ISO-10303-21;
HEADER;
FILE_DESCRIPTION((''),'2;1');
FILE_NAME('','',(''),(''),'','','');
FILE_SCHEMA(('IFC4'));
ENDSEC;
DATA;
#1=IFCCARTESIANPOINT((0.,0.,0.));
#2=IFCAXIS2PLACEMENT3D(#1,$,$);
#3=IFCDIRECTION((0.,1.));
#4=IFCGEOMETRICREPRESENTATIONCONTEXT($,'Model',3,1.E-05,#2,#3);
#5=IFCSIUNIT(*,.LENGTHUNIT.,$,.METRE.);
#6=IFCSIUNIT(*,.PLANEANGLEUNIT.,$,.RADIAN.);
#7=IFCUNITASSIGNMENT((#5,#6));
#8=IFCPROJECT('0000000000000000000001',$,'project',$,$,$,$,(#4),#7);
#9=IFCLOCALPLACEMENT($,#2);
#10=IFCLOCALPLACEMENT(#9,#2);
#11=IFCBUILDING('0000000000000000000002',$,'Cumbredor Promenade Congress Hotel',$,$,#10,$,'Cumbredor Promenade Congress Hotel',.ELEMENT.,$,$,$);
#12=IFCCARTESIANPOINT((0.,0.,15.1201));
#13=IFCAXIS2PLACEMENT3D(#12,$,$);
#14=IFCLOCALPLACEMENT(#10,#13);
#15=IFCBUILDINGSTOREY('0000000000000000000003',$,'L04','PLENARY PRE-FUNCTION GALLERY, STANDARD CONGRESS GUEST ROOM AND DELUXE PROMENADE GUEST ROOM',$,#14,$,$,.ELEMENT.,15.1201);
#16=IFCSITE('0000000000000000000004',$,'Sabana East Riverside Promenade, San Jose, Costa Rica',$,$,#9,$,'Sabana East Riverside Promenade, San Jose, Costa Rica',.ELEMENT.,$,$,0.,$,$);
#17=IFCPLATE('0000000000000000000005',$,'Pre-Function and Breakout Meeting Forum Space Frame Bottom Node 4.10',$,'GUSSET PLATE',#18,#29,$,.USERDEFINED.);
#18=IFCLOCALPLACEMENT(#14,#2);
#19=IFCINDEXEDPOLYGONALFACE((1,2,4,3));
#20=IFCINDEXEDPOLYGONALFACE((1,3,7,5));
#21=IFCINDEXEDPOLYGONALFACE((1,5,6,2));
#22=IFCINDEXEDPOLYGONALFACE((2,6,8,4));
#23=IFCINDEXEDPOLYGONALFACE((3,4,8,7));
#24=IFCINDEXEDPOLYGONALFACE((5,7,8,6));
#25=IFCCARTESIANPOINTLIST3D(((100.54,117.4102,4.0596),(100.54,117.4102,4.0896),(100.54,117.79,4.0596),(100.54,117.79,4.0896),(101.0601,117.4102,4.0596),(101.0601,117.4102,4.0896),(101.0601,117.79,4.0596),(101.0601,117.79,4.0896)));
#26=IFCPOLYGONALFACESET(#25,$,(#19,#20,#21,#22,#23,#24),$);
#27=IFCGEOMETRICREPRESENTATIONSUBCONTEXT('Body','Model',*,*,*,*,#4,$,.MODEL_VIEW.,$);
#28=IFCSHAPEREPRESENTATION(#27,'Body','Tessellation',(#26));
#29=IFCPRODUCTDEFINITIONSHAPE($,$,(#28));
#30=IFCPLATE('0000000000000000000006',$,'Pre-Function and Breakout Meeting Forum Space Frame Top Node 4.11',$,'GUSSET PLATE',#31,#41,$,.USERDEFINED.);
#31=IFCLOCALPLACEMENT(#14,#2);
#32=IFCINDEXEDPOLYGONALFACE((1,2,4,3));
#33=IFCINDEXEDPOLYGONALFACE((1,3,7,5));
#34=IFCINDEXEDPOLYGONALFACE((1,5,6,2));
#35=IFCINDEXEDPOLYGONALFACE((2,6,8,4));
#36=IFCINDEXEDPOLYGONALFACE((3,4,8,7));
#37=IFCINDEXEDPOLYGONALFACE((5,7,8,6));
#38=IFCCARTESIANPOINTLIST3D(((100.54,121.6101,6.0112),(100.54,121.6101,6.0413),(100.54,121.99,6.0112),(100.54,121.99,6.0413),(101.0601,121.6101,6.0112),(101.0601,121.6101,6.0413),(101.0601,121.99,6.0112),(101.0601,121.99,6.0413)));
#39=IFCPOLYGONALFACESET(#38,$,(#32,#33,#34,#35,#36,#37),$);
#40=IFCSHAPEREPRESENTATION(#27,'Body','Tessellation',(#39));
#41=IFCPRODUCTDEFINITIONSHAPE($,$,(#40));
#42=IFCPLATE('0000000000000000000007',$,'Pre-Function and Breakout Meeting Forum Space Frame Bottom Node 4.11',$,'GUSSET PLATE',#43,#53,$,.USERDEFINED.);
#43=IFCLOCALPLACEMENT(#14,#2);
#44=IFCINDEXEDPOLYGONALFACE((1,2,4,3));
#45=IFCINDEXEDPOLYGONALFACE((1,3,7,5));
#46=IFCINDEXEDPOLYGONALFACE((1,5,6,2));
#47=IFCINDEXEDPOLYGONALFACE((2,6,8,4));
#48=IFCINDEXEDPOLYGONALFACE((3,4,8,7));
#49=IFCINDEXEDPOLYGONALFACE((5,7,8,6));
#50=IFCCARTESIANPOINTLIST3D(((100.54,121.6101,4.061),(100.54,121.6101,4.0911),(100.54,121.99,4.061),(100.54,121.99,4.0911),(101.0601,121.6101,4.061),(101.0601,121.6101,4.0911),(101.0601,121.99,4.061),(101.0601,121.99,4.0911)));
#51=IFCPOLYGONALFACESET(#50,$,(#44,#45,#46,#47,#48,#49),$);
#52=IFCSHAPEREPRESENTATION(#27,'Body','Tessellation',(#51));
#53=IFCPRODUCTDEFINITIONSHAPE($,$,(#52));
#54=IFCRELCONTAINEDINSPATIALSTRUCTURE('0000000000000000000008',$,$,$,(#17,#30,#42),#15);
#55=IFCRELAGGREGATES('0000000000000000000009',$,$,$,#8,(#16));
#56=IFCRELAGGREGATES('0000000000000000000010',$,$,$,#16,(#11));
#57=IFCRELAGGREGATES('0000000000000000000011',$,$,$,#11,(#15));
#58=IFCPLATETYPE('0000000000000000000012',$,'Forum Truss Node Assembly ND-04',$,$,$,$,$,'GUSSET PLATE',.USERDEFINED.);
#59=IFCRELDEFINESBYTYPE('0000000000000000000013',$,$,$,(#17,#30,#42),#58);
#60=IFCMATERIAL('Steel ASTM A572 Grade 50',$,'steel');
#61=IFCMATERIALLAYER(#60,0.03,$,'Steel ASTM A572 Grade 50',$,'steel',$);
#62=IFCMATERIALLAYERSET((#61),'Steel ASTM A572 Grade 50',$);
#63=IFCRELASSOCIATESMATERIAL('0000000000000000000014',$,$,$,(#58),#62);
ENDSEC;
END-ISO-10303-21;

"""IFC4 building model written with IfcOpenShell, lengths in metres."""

from ifc_helpers import new_model, si_unit, direction, frame, origin, origin_2d, place, context, subcontext, project, spatial, rectangle, extrude, material, layer, layer_set, type_object, element, save


model = new_model("IFC4")

# Units and contexts
model_context = context("Model", 3, precision=1e-05, world=origin(), true_north=direction((0.0, 1.0)))
body_context = subcontext(model_context, "Body", "Model", "MODEL_VIEW")
ifc_project = project(units=[si_unit("LENGTHUNIT", "METRE"), si_unit("PLANEANGLEUNIT", "RADIAN")], contexts=[model_context])

# Site, building, storey
site_placement = place(None, origin())
site = spatial("IfcSite", under=ifc_project, at=site_placement, Name="Sabana East Riverside Promenade, San Jose, Costa Rica", LongName="Sabana East Riverside Promenade, San Jose, Costa Rica", CompositionType="ELEMENT", RefElevation=0.0)
building_placement = place(site_placement, origin())
building = spatial("IfcBuilding", under=site, at=building_placement, Name="Cumbredor Promenade Congress Hotel", LongName="Cumbredor Promenade Congress Hotel", CompositionType="ELEMENT")
storey_placement = place(building_placement, frame((0.0, 0.0, 15.1201)))
storey = spatial("IfcBuildingStorey", under=building, at=storey_placement, Name="L04", Description="PLENARY PRE-FUNCTION GALLERY, STANDARD CONGRESS GUEST ROOM AND DELUXE PROMENADE GUEST ROOM", CompositionType="ELEMENT", Elevation=15.1201)

# Plates
ifc_material_1 = material(Name="Steel ASTM A572 Grade 50", Category="steel")
ifc_layer_1 = layer(ifc_material_1, 0.03, Name="Steel ASTM A572 Grade 50", Category="steel")
ifc_layer_set_1 = layer_set([ifc_layer_1], Name="Steel ASTM A572 Grade 50")
plate_type_1 = type_object("IfcPlateType", Name="Forum Truss Node Assembly ND-04", ElementType="GUSSET PLATE", PredefinedType="USERDEFINED", material=ifc_layer_set_1)
for number, where, z_axis, x_axis, name in (
    (1, (100.8, 117.6001, 4.0596), (0.0, 0.0, 1.0), (1.0, 0.0, 0.0), "Pre-Function and Breakout Meeting Forum Space Frame Bottom Node 4.10"),
    (2, (100.8, 121.8, 6.0112), (0.0, 0.0, 1.0), (1.0, 0.0, 0.0), "Pre-Function and Breakout Meeting Forum Space Frame Top Node 4.11"),
    (3, (100.8, 121.8, 4.061), (0.0, 0.0, 1.0), (1.0, 0.0, 0.0), "Pre-Function and Breakout Meeting Forum Space Frame Bottom Node 4.11"),
):
    element("IfcPlate", number, at=place(storey_placement, frame(where, z_axis=z_axis, x_axis=x_axis)), inside=storey, type_object=plate_type_1, Name=name, ObjectType="GUSSET PLATE", PredefinedType="USERDEFINED", context=body_context, shape_type="SweptSolid", body=[
        extrude(rectangle(XDim=0.52, YDim=0.3799, at=origin_2d()), origin(), (0.0, 0.0, 1.0), 0.03),
    ])

save(model, "model.ifc")
